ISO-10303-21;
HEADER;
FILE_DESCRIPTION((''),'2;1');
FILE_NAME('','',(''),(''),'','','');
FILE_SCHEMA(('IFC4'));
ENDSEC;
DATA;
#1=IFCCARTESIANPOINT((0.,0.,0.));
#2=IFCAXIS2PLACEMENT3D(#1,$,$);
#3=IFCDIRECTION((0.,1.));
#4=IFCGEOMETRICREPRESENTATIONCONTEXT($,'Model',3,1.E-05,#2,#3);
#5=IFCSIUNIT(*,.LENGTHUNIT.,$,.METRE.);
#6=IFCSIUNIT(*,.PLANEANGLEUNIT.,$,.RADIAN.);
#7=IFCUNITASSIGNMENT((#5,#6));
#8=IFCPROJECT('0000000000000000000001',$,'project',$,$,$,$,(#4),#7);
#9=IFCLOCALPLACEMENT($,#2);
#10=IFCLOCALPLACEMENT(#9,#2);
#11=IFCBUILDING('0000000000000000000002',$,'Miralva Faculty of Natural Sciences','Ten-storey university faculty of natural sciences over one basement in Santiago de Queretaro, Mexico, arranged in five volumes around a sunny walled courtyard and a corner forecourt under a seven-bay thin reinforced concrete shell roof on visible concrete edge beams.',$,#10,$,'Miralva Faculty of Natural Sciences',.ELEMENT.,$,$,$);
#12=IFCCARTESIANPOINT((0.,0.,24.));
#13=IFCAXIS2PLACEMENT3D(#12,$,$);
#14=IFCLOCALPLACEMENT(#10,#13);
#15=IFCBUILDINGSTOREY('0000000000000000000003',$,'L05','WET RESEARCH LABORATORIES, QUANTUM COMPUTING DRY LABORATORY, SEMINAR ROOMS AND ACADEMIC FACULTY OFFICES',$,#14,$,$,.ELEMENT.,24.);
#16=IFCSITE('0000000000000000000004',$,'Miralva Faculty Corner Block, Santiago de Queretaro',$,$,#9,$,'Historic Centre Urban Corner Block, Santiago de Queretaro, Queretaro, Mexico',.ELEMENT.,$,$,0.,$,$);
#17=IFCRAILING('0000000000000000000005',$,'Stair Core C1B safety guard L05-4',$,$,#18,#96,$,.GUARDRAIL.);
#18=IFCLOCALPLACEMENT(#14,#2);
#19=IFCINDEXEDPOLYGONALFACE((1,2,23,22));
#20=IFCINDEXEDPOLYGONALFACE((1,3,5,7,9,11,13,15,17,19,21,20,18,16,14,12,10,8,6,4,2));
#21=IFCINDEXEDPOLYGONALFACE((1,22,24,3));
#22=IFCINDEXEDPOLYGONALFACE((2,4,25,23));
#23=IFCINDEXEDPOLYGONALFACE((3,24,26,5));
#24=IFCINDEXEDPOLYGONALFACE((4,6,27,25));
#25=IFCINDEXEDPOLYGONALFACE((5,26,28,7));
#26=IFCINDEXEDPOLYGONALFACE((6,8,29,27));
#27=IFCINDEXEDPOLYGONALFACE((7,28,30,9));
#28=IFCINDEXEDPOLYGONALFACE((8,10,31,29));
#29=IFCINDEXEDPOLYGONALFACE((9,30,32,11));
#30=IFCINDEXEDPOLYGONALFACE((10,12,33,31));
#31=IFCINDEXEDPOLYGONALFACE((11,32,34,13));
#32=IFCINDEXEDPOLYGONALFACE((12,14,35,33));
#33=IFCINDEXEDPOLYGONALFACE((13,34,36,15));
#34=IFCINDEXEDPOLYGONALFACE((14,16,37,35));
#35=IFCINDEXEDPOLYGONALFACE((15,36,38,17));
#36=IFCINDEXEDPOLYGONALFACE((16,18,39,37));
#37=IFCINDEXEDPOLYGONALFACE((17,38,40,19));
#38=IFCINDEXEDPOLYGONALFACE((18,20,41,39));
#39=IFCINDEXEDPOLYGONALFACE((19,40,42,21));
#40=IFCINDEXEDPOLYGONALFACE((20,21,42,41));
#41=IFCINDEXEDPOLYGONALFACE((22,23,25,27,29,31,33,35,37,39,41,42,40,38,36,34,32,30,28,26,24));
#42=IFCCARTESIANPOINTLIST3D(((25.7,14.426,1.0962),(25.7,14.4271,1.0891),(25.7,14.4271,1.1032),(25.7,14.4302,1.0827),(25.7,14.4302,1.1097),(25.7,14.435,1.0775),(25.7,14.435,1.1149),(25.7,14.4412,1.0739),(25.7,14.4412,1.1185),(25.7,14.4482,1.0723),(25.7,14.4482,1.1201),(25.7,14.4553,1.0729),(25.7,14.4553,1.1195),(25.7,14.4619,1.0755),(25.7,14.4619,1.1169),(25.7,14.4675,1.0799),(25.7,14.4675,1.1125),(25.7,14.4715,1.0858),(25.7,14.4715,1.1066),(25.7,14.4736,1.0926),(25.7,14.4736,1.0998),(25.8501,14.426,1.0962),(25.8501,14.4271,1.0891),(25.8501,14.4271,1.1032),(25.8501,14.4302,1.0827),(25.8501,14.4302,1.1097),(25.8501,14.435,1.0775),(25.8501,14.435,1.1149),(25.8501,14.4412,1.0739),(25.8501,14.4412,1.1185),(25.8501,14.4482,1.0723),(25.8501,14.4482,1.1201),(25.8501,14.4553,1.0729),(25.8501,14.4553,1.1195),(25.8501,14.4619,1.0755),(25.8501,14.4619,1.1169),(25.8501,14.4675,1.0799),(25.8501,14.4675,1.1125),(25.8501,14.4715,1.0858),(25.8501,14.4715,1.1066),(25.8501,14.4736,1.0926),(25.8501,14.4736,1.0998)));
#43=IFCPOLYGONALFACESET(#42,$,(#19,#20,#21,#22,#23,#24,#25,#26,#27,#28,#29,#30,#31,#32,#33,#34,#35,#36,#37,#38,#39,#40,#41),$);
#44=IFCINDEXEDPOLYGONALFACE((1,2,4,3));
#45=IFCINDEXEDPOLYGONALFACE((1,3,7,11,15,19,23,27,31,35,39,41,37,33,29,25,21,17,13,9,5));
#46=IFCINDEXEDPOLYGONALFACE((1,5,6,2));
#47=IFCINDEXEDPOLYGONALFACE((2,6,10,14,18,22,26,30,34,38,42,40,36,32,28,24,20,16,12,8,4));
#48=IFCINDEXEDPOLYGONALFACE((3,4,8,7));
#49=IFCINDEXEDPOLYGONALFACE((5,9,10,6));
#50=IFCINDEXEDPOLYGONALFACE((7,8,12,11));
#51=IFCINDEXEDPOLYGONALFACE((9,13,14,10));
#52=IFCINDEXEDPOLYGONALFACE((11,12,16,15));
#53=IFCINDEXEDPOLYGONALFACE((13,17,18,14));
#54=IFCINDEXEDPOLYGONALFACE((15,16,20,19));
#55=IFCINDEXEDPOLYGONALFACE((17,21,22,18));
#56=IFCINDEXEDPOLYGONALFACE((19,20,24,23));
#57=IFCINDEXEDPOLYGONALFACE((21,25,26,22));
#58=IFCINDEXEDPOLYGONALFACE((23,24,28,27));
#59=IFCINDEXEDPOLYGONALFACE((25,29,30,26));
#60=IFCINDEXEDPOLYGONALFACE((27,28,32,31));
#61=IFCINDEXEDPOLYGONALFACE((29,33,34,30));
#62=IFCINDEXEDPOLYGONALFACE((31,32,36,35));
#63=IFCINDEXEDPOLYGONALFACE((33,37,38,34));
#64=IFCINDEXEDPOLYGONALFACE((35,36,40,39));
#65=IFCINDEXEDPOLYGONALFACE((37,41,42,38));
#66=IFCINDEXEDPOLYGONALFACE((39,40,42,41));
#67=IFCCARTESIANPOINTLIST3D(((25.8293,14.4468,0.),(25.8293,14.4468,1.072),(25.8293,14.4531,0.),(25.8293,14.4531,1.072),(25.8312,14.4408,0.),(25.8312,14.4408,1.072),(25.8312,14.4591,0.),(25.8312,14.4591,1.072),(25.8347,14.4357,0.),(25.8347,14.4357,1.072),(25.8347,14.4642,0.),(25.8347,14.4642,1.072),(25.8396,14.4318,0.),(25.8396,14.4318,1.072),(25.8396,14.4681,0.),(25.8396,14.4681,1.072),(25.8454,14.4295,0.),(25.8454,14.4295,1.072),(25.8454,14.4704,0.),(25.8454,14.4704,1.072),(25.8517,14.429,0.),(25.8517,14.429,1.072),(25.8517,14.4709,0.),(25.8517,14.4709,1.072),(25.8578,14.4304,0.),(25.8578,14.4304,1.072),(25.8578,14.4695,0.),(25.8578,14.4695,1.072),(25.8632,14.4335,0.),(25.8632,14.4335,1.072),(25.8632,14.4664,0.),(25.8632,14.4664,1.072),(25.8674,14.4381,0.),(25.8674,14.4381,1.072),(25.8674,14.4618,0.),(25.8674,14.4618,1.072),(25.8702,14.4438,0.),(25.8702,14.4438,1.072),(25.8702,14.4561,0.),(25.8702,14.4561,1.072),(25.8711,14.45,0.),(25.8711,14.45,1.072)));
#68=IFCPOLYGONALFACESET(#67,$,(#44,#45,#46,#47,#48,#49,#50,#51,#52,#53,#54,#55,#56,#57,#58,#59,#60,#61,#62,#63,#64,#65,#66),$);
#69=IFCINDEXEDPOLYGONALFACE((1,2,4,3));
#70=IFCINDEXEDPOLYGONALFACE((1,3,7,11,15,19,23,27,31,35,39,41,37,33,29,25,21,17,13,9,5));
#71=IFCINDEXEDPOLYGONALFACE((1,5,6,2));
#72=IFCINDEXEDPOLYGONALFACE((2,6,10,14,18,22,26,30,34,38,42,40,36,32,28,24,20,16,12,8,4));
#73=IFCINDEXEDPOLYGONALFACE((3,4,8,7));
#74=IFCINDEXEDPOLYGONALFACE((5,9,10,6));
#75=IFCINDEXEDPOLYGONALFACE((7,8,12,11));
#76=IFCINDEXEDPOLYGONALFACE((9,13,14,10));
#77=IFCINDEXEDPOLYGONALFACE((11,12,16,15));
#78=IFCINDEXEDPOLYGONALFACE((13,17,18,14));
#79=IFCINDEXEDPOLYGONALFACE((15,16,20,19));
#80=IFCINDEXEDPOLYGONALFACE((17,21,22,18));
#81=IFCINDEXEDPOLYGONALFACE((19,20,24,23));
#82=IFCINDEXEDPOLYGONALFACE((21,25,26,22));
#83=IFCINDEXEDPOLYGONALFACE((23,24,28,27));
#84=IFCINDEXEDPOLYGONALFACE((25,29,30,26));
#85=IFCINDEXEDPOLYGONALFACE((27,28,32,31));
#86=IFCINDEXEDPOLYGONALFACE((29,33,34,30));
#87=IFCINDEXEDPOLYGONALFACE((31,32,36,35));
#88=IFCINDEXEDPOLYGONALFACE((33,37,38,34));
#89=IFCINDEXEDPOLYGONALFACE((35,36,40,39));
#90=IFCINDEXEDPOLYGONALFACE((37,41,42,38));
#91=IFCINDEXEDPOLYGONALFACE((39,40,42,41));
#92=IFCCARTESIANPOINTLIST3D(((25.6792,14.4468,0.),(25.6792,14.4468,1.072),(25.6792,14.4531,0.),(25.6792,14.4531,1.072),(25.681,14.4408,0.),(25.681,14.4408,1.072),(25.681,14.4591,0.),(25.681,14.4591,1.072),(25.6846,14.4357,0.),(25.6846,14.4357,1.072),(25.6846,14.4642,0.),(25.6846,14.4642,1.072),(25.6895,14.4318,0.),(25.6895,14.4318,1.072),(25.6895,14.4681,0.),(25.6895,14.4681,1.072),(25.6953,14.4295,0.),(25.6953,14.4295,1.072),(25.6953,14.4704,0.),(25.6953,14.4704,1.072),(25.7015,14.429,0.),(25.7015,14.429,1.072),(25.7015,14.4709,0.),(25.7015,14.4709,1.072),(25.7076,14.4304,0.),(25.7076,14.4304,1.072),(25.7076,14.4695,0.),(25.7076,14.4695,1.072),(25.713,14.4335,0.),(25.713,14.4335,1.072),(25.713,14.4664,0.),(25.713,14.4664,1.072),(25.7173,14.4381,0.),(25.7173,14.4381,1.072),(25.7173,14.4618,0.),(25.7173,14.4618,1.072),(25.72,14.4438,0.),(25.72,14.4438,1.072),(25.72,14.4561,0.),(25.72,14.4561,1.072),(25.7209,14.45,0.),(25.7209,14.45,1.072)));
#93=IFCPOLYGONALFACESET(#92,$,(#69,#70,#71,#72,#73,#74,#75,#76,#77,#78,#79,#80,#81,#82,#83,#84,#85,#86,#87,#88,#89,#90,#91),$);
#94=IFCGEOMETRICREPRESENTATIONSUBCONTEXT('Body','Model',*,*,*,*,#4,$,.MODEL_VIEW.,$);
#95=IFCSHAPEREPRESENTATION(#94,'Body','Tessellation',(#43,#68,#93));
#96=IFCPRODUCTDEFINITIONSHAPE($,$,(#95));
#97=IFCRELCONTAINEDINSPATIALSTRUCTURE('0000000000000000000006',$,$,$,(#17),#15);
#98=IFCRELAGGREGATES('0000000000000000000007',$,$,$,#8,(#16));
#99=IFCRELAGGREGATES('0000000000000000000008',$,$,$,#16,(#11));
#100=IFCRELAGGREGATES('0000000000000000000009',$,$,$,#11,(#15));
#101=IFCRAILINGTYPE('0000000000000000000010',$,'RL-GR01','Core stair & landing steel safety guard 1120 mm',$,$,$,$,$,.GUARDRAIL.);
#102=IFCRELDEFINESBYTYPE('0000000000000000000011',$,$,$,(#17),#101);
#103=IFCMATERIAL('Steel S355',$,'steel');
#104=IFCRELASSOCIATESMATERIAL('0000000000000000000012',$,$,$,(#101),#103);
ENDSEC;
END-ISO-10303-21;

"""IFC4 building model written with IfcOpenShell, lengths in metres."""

from ifc_helpers import new_model, si_unit, direction, frame, origin, origin_2d, place, context, subcontext, project, spatial, circle, extrude, material, type_object, element, save


model = new_model("IFC4")

# Units and contexts
model_context = context("Model", 3, precision=1e-05, world=origin(), true_north=direction((0.0, 1.0)))
body_context = subcontext(model_context, "Body", "Model", "MODEL_VIEW")
ifc_project = project(units=[si_unit("LENGTHUNIT", "METRE"), si_unit("PLANEANGLEUNIT", "RADIAN")], contexts=[model_context])

# Site, building, storey
site_placement = place(None, origin())
site = spatial("IfcSite", under=ifc_project, at=site_placement, Name="Miralva Faculty Corner Block, Santiago de Queretaro", LongName="Historic Centre Urban Corner Block, Santiago de Queretaro, Queretaro, Mexico", CompositionType="ELEMENT", RefElevation=0.0)
building_placement = place(site_placement, origin())
building = spatial("IfcBuilding", under=site, at=building_placement, Name="Miralva Faculty of Natural Sciences", Description="Ten-storey university faculty of natural sciences over one basement in Santiago de Queretaro, Mexico, arranged in five volumes around a sunny walled courtyard and a corner forecourt under a seven-bay thin reinforced concrete shell roof on visible concrete edge beams.", LongName="Miralva Faculty of Natural Sciences", CompositionType="ELEMENT")
storey_placement = place(building_placement, frame((0.0, 0.0, 24.0)))
storey = spatial("IfcBuildingStorey", under=building, at=storey_placement, Name="L05", Description="WET RESEARCH LABORATORIES, QUANTUM COMPUTING DRY LABORATORY, SEMINAR ROOMS AND ACADEMIC FACULTY OFFICES", CompositionType="ELEMENT", Elevation=24.0)

# Railing
ifc_material_1 = material(Name="Steel S355", Category="steel")
railing_type_1 = type_object("IfcRailingType", Name="RL-GR01", Description="Core stair & landing steel safety guard 1120 mm", PredefinedType="GUARDRAIL", material=ifc_material_1)
railing_1_placement = place(storey_placement, frame((25.8501, 14.45, 0.0)))
element("IfcRailing", 1, at=railing_1_placement, inside=storey, type_object=railing_type_1, Name="Stair Core C1B safety guard L05-4", PredefinedType="GUARDRAIL", context=body_context, shape_type="SweptSolid", body=[
    extrude(circle(Radius=0.0239, at=origin_2d()), frame((0.0, 0.0, 1.0962), z_axis=(-1.0, 0.0, 0.0), x_axis=(0.0, -1.0, 0.0)), (0.0, 0.0, 1.0), 0.1501),
    extrude(circle(Radius=0.021, at=origin_2d()), origin(), (0.0, 0.0, 1.0), 1.072),
    extrude(circle(Radius=0.021, at=origin_2d()), frame((-0.1501, 0.0, 0.0)), (0.0, 0.0, 1.0), 1.072),
])

save(model, "model.ifc")
